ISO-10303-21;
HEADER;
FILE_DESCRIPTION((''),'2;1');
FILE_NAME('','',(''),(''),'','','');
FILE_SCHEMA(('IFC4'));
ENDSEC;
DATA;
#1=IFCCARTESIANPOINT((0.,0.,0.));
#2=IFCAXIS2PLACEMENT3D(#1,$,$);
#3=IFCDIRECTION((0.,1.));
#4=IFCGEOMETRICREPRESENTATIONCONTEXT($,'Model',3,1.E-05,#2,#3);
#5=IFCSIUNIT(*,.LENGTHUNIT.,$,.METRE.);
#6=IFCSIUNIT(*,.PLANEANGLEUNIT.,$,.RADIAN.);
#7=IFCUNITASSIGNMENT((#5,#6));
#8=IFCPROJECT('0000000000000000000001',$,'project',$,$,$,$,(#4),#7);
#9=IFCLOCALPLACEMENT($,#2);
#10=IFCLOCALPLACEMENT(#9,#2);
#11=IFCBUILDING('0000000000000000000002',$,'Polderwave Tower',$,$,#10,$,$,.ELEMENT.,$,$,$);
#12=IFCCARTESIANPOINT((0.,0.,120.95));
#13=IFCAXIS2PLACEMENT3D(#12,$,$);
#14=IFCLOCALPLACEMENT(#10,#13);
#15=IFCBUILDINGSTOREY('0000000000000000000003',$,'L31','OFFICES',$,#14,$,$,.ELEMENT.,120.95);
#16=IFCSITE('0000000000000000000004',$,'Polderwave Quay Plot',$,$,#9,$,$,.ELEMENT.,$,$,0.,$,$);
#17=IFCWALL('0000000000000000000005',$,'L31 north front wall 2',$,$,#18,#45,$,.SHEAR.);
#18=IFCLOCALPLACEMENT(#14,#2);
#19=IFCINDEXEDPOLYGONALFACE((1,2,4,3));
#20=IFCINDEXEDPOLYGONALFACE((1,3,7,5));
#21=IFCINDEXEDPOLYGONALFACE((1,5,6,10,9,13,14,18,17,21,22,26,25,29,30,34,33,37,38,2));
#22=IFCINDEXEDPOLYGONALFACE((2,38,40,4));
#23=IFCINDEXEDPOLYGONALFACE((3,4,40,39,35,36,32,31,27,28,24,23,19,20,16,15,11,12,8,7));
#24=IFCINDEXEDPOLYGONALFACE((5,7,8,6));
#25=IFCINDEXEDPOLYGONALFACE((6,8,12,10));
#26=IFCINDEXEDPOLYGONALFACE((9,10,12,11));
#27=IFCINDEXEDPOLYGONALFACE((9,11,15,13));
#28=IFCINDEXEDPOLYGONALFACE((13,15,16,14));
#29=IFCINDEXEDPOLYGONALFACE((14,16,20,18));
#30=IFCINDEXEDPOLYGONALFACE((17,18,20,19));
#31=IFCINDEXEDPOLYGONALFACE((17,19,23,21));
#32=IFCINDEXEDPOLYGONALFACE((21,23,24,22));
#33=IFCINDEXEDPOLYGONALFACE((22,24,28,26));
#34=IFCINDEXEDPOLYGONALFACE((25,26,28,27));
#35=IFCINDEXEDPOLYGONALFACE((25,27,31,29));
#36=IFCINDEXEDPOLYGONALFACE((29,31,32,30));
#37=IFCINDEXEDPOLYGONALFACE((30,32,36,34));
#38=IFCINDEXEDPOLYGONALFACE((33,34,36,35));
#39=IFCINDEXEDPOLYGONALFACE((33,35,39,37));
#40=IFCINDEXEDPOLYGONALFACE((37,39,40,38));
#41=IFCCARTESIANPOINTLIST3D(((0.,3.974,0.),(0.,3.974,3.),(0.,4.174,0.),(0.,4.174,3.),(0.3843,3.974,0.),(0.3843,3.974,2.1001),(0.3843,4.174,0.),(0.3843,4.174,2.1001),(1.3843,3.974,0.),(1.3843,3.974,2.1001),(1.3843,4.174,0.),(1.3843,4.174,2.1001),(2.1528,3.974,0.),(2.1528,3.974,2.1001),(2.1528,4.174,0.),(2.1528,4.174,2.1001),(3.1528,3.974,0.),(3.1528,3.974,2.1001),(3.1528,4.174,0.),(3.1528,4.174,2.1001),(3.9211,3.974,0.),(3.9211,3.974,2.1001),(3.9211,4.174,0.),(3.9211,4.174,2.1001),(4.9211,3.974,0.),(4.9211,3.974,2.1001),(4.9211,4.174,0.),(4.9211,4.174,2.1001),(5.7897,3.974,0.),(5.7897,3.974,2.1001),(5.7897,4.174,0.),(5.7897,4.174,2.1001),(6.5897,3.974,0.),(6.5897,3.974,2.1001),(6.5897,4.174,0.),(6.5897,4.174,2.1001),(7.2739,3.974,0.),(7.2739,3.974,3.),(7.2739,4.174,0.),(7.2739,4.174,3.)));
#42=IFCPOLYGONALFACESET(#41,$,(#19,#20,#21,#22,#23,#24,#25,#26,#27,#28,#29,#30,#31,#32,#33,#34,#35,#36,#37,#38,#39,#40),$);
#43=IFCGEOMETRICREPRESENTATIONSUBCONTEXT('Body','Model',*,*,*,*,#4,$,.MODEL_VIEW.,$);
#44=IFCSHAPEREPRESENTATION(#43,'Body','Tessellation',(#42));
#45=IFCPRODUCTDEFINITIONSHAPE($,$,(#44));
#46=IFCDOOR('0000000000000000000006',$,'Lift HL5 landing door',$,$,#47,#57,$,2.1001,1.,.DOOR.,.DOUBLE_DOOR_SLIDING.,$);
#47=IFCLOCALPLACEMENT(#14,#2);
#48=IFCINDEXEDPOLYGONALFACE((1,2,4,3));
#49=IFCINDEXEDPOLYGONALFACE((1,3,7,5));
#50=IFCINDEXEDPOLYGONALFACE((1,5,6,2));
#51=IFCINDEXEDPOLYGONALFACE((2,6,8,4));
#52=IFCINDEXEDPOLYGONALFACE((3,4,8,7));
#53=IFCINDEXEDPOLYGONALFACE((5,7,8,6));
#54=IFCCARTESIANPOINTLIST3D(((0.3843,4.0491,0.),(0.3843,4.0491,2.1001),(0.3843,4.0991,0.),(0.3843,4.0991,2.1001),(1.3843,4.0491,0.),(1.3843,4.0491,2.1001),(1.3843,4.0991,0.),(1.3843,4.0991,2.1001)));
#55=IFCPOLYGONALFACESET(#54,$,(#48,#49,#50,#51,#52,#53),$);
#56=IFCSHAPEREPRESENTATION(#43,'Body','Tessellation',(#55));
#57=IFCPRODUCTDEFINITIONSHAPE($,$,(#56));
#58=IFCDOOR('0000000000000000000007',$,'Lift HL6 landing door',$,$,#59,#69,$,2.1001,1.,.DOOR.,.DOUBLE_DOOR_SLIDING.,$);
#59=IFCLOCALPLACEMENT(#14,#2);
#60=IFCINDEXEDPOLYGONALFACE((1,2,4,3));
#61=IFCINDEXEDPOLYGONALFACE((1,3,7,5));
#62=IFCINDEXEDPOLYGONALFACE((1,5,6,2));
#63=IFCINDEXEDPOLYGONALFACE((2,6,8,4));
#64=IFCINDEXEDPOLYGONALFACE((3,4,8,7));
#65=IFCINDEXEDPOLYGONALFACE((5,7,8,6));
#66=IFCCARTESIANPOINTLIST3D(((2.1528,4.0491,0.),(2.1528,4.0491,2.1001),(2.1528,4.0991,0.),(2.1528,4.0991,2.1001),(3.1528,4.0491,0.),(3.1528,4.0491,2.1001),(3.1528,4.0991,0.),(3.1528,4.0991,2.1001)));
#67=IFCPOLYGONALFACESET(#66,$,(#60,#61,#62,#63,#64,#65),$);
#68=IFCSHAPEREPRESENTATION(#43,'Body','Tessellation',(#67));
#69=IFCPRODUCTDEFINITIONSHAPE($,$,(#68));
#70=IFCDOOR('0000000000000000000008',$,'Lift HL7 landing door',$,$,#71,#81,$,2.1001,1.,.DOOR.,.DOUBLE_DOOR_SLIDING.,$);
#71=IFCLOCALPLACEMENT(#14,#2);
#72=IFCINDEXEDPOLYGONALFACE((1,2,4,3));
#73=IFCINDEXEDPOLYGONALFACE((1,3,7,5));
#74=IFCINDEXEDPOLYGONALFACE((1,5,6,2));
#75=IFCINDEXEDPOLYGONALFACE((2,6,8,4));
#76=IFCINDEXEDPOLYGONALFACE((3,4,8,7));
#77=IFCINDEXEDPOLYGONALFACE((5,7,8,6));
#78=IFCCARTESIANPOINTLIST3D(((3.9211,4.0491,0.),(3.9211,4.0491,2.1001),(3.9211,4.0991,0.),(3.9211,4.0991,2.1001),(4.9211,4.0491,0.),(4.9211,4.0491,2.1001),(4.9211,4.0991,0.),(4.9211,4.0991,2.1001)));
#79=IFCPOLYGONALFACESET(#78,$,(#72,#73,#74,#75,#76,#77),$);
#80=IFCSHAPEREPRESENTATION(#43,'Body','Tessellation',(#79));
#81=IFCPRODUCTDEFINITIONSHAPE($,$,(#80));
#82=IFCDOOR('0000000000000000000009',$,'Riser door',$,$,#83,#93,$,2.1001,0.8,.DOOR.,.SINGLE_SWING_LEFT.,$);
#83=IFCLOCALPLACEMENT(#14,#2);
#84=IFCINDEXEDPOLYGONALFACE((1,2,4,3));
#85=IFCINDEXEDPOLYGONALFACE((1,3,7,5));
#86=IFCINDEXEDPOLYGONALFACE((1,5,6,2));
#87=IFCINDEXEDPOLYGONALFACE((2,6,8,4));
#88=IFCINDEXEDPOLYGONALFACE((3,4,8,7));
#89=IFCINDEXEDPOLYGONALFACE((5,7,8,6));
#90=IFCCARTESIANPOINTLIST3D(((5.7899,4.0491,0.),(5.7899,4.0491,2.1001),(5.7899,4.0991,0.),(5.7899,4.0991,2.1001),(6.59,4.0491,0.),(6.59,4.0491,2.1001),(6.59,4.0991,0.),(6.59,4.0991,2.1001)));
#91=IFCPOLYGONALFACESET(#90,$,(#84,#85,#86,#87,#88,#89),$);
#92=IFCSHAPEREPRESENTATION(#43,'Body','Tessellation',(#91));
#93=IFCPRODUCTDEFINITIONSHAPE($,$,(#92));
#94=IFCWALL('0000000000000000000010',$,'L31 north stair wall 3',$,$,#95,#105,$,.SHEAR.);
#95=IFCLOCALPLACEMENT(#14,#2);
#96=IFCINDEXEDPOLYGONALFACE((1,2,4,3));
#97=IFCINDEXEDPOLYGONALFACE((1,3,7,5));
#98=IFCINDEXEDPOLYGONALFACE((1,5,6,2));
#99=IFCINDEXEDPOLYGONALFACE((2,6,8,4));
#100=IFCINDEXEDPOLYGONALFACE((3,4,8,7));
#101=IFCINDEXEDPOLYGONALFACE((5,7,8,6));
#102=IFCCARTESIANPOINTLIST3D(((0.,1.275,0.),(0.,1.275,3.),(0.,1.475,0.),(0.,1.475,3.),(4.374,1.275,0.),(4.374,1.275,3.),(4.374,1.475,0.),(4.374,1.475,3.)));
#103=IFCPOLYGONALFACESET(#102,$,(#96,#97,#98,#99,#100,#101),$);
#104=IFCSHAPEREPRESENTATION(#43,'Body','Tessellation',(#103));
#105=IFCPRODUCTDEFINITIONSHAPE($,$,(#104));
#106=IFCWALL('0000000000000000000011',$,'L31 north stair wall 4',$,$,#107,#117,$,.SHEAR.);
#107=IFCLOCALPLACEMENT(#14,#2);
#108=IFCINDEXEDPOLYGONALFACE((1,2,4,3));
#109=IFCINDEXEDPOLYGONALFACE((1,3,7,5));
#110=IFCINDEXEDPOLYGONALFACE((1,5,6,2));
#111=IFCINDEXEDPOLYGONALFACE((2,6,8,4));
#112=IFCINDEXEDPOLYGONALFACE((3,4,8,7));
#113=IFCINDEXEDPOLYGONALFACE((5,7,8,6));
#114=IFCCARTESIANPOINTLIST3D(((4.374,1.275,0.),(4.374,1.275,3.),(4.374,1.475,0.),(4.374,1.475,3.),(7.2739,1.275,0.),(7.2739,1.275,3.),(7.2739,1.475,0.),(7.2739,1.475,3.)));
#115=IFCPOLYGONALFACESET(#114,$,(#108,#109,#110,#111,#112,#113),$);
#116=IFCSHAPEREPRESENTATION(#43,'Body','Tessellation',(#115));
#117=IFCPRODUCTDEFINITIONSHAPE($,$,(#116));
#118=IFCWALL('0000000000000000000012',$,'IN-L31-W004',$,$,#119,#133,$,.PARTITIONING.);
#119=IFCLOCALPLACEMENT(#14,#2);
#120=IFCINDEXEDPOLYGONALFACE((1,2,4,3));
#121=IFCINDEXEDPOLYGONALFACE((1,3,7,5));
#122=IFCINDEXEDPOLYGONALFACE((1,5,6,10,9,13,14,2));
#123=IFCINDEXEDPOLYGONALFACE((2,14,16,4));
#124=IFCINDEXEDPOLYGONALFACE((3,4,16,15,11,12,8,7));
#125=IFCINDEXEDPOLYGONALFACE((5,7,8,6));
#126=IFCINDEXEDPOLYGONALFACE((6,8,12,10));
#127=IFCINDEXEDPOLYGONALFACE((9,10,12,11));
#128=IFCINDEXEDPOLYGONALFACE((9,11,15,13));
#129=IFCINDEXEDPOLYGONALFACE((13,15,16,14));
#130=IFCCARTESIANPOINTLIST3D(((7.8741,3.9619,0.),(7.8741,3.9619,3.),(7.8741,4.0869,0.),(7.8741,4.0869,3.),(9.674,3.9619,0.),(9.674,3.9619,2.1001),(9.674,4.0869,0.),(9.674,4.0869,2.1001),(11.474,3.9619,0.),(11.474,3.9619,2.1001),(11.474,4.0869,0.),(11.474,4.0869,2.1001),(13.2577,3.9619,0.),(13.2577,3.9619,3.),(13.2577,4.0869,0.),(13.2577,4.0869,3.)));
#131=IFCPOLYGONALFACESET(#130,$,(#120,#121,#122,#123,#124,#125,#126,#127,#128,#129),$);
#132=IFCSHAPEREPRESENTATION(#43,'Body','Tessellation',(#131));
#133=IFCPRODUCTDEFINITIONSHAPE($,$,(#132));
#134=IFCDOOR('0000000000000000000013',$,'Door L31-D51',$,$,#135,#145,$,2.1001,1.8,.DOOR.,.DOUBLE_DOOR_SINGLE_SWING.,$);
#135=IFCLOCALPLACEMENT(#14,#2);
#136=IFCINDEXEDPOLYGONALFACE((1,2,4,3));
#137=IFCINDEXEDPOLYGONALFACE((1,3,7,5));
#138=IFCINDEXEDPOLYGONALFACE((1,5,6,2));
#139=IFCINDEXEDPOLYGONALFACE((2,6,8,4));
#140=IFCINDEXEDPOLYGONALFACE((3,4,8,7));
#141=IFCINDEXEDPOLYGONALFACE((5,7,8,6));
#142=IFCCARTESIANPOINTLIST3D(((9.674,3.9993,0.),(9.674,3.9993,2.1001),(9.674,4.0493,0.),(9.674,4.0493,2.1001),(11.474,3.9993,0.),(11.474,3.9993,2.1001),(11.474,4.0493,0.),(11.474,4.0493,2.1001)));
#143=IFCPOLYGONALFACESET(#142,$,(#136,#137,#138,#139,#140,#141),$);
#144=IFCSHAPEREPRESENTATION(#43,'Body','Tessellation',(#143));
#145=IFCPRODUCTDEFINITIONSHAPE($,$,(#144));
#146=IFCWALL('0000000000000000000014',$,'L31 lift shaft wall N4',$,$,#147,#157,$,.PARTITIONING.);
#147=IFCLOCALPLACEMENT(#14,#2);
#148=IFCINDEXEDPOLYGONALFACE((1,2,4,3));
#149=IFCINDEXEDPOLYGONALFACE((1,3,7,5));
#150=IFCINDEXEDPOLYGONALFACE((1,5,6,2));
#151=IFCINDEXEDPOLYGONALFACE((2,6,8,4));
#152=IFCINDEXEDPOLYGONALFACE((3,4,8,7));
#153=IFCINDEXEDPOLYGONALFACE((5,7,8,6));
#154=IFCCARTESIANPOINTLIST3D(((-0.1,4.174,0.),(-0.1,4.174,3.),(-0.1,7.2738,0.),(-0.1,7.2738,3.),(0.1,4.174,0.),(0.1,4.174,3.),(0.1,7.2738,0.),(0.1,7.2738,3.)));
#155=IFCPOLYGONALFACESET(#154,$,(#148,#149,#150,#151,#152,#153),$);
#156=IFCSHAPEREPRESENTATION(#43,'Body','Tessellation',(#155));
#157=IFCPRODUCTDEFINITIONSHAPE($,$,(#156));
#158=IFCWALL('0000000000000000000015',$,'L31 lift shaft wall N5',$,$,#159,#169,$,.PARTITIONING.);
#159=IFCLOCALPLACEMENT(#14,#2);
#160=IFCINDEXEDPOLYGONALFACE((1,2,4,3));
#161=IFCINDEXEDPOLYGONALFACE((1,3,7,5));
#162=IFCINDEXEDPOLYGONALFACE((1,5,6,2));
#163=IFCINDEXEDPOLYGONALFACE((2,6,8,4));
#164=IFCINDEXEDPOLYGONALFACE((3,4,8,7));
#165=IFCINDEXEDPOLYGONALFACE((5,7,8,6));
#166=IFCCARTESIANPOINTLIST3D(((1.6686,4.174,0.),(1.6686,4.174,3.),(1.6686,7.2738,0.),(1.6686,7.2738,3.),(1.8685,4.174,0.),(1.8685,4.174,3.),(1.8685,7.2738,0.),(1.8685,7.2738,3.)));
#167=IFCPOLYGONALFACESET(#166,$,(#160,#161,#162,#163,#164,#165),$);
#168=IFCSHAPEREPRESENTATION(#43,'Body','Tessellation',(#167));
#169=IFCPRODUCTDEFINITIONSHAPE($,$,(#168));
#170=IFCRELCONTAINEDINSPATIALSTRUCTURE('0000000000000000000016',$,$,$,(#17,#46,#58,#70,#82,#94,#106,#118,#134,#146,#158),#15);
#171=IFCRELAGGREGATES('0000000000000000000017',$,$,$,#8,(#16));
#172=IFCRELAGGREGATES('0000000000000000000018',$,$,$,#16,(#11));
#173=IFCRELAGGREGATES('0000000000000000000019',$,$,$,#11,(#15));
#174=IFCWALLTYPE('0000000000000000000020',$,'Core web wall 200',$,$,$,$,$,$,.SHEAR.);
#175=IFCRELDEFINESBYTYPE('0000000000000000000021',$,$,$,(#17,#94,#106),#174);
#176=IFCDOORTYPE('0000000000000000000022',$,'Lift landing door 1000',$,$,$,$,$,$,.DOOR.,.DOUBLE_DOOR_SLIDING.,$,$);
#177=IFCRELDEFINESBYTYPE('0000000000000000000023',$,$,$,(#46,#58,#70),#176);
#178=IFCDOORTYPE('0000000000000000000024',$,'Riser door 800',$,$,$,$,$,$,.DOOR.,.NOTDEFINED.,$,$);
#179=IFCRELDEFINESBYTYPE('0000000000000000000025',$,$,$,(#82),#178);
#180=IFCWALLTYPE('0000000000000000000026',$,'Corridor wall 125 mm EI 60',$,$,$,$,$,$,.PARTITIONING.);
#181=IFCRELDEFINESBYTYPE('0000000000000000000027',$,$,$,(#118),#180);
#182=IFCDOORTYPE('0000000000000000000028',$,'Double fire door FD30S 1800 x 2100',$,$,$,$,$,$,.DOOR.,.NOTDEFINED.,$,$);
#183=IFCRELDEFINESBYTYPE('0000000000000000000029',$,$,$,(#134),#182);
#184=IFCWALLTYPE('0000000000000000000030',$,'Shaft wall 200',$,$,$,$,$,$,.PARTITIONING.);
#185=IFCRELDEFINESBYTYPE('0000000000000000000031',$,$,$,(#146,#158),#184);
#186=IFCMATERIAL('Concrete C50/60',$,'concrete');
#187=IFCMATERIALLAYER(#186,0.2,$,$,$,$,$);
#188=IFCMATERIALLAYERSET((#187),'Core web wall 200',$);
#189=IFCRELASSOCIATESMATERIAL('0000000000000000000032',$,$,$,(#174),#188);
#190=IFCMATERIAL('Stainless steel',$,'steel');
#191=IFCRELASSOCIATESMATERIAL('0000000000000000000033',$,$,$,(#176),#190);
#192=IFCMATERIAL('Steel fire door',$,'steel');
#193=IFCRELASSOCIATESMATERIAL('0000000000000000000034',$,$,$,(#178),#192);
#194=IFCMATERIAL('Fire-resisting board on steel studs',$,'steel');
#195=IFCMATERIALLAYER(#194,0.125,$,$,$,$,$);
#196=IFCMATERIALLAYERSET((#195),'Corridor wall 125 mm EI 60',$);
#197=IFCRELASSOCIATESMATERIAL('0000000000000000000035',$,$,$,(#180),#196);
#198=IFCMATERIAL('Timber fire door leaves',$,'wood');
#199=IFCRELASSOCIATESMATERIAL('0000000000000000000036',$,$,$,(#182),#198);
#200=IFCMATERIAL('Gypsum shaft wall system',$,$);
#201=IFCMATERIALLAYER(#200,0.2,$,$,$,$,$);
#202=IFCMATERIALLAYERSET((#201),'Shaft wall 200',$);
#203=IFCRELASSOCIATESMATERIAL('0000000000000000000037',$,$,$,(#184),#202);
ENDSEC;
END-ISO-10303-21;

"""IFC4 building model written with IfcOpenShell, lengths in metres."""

from ifc_helpers import new_model, si_unit, direction, frame, frame_2d, origin, place, context, subcontext, project, spatial, rectangle, extrude, material, layer, layer_set, type_object, element, fill, save


model = new_model("IFC4")

# Units and contexts
model_context = context("Model", 3, precision=1e-05, world=origin(), true_north=direction((0.0, 1.0)))
body_context = subcontext(model_context, "Body", "Model", "MODEL_VIEW")
ifc_project = project(units=[si_unit("LENGTHUNIT", "METRE"), si_unit("PLANEANGLEUNIT", "RADIAN")], contexts=[model_context])

# Site, building, storey
site_placement = place(None, origin())
site = spatial("IfcSite", under=ifc_project, at=site_placement, Name="Polderwave Quay Plot", CompositionType="ELEMENT", RefElevation=0.0)
building_placement = place(site_placement, origin())
building = spatial("IfcBuilding", under=site, at=building_placement, Name="Polderwave Tower", CompositionType="ELEMENT")
storey_placement = place(building_placement, frame((0.0, 0.0, 120.95)))
storey = spatial("IfcBuildingStorey", under=building, at=storey_placement, Name="L31", Description="OFFICES", CompositionType="ELEMENT", Elevation=120.95)

# Wall, openings, doors
ifc_material_1 = material(Name="Concrete C50/60", Category="concrete")
ifc_layer_1 = layer(ifc_material_1, 0.2)
ifc_layer_set_1 = layer_set([ifc_layer_1], Name="Core web wall 200")
wall_type_1 = type_object("IfcWallType", Name="Core web wall 200", PredefinedType="SHEAR", material=ifc_layer_set_1)
wall_1_placement = place(storey_placement, frame((0.0, 4.074, 0.0), z_axis=(0.0, 0.0, 1.0), x_axis=(1.0, 0.0, 0.0)))
wall_1 = element("IfcWall", 1, at=wall_1_placement, inside=storey, type_object=wall_type_1, Name="L31 north front wall 2", PredefinedType="SHEAR", context=body_context, shape_type="SweptSolid", body=[
    extrude(rectangle(XDim=7.2739, YDim=0.2, at=frame_2d((3.637, 0.0))), origin(), (0.0, 0.0, 1.0), 3.0),
])
opening_1_placement = place(wall_1_placement, frame((0.3843, 0.0, 0.0)))
opening_1 = element("IfcOpeningElement", 2, at=opening_1_placement, cuts=wall_1, PredefinedType="OPENING", context=body_context, shape_type="SweptSolid", body=[
    extrude(rectangle(XDim=1.0, YDim=2.1001, at=frame_2d((0.5, 1.05))), frame((0.0, 0.1099, 0.0), z_axis=(0.0, -1.0, 0.0), x_axis=(1.0, 0.0, 0.0)), (0.0, 0.0, 1.0), 0.22),
])
opening_2_placement = place(wall_1_placement, frame((2.1528, 0.0, 0.0)))
opening_2 = element("IfcOpeningElement", 3, at=opening_2_placement, cuts=wall_1, PredefinedType="OPENING", context=body_context, shape_type="SweptSolid", body=[
    extrude(rectangle(XDim=1.0, YDim=2.1001, at=frame_2d((0.5, 1.05))), frame((0.0, 0.1099, 0.0), z_axis=(0.0, -1.0, 0.0), x_axis=(1.0, 0.0, 0.0)), (0.0, 0.0, 1.0), 0.22),
])
opening_3_placement = place(wall_1_placement, frame((3.9211, 0.0, 0.0)))
opening_3 = element("IfcOpeningElement", 4, at=opening_3_placement, cuts=wall_1, PredefinedType="OPENING", context=body_context, shape_type="SweptSolid", body=[
    extrude(rectangle(XDim=1.0, YDim=2.1001, at=frame_2d((0.5, 1.05))), frame((0.0, 0.1099, 0.0), z_axis=(0.0, -1.0, 0.0), x_axis=(1.0, 0.0, 0.0)), (0.0, 0.0, 1.0), 0.22),
])
opening_4_placement = place(wall_1_placement, frame((5.7898, 0.0, 0.0)))
opening_4 = element("IfcOpeningElement", 5, at=opening_4_placement, cuts=wall_1, PredefinedType="OPENING", context=body_context, shape_type="SweptSolid", body=[
    extrude(rectangle(XDim=0.8, YDim=2.1001, at=frame_2d((0.3999, 1.05))), frame((0.0, 0.1099, 0.0), z_axis=(0.0, -1.0, 0.0), x_axis=(1.0, 0.0, 0.0)), (0.0, 0.0, 1.0), 0.22),
])
ifc_material_2 = material(Name="Stainless steel", Category="steel")
door_type_1 = type_object("IfcDoorType", Name="Lift landing door 1000", OperationType="DOUBLE_DOOR_SLIDING", PredefinedType="DOOR", material=ifc_material_2)
door_1_placement = place(opening_1_placement, frame((1.0, 0.0, 0.0), z_axis=(0.0, 0.0, 1.0), x_axis=(-1.0, 0.0, 0.0)))
door_1 = element("IfcDoor", 6, at=door_1_placement, inside=storey, type_object=door_type_1, Name="Lift HL5 landing door", OperationType="DOUBLE_DOOR_SLIDING", OverallHeight=2.1001, OverallWidth=1.0, PredefinedType="DOOR", context=body_context, shape_type="SweptSolid", body=[
    extrude(rectangle(XDim=1.0, YDim=2.1001, at=frame_2d((0.5, 1.05))), frame((0.0, 0.0249, 0.0), z_axis=(0.0, -1.0, 0.0), x_axis=(1.0, 0.0, 0.0)), (0.0, 0.0, 1.0), 0.05),
])
fill(opening_1, door_1)
door_2_placement = place(opening_2_placement, frame((1.0, 0.0, 0.0), z_axis=(0.0, 0.0, 1.0), x_axis=(-1.0, 0.0, 0.0)))
door_2 = element("IfcDoor", 7, at=door_2_placement, inside=storey, type_object=door_type_1, Name="Lift HL6 landing door", OperationType="DOUBLE_DOOR_SLIDING", OverallHeight=2.1001, OverallWidth=1.0, PredefinedType="DOOR", context=body_context, shape_type="SweptSolid", body=[
    extrude(rectangle(XDim=1.0, YDim=2.1001, at=frame_2d((0.5, 1.05))), frame((0.0, 0.0249, 0.0), z_axis=(0.0, -1.0, 0.0), x_axis=(1.0, 0.0, 0.0)), (0.0, 0.0, 1.0), 0.05),
])
fill(opening_2, door_2)
door_3_placement = place(opening_3_placement, frame((1.0, 0.0, 0.0), z_axis=(0.0, 0.0, 1.0), x_axis=(-1.0, 0.0, 0.0)))
door_3 = element("IfcDoor", 8, at=door_3_placement, inside=storey, type_object=door_type_1, Name="Lift HL7 landing door", OperationType="DOUBLE_DOOR_SLIDING", OverallHeight=2.1001, OverallWidth=1.0, PredefinedType="DOOR", context=body_context, shape_type="SweptSolid", body=[
    extrude(rectangle(XDim=1.0, YDim=2.1001, at=frame_2d((0.5, 1.05))), frame((0.0, 0.0249, 0.0), z_axis=(0.0, -1.0, 0.0), x_axis=(1.0, 0.0, 0.0)), (0.0, 0.0, 1.0), 0.05),
])
fill(opening_3, door_3)
ifc_material_3 = material(Name="Steel fire door", Category="steel")
door_type_2 = type_object("IfcDoorType", Name="Riser door 800", OperationType="NOTDEFINED", PredefinedType="DOOR", material=ifc_material_3)
door_4_placement = place(opening_4_placement, frame((0.8, 0.0, 0.0), z_axis=(0.0, 0.0, 1.0), x_axis=(-1.0, 0.0, 0.0)))
door_4 = element("IfcDoor", 9, at=door_4_placement, inside=storey, type_object=door_type_2, Name="Riser door", OperationType="SINGLE_SWING_LEFT", OverallHeight=2.1001, OverallWidth=0.8, PredefinedType="DOOR", context=body_context, shape_type="SweptSolid", body=[
    extrude(rectangle(XDim=0.8, YDim=2.1001, at=frame_2d((0.3999, 1.05))), frame((0.0, 0.0249, 0.0), z_axis=(0.0, -1.0, 0.0), x_axis=(1.0, 0.0, 0.0)), (0.0, 0.0, 1.0), 0.05),
])
fill(opening_4, door_4)

# Walls
wall_2_placement = place(storey_placement, frame((0.0, 1.375, 0.0), z_axis=(0.0, 0.0, 1.0), x_axis=(1.0, 0.0, 0.0)))
element("IfcWall", 10, at=wall_2_placement, inside=storey, type_object=wall_type_1, Name="L31 north stair wall 3", PredefinedType="SHEAR", context=body_context, shape_type="SweptSolid", body=[
    extrude(rectangle(XDim=4.374, YDim=0.2, at=frame_2d((2.187, 0.0))), origin(), (0.0, 0.0, 1.0), 3.0),
])
wall_3_placement = place(storey_placement, frame((4.374, 1.375, 0.0), z_axis=(0.0, 0.0, 1.0), x_axis=(1.0, 0.0, 0.0)))
element("IfcWall", 11, at=wall_3_placement, inside=storey, type_object=wall_type_1, Name="L31 north stair wall 4", PredefinedType="SHEAR", context=body_context, shape_type="SweptSolid", body=[
    extrude(rectangle(XDim=2.8999, YDim=0.2, at=frame_2d((1.45, 0.0))), origin(), (0.0, 0.0, 1.0), 3.0),
])

# Wall, opening, door
ifc_material_4 = material(Name="Fire-resisting board on steel studs", Category="steel")
ifc_layer_2 = layer(ifc_material_4, 0.125)
ifc_layer_set_2 = layer_set([ifc_layer_2], Name="Corridor wall 125 mm EI 60")
wall_type_2 = type_object("IfcWallType", Name="Corridor wall 125 mm EI 60", PredefinedType="PARTITIONING", material=ifc_layer_set_2)
wall_4_placement = place(storey_placement, frame((7.874, 4.0244, 0.0), z_axis=(0.0, 0.0, 1.0), x_axis=(1.0, 0.0, 0.0)))
wall_4 = element("IfcWall", 12, at=wall_4_placement, inside=storey, type_object=wall_type_2, Name="IN-L31-W004", PredefinedType="PARTITIONING", context=body_context, shape_type="SweptSolid", body=[
    extrude(rectangle(XDim=5.3835, YDim=0.125, at=frame_2d((2.6919, 0.0))), origin(), (0.0, 0.0, 1.0), 3.0),
])
opening_5_placement = place(wall_4_placement, frame((1.8, 0.0, 0.0)))
opening_5 = element("IfcOpeningElement", 13, at=opening_5_placement, cuts=wall_4, PredefinedType="OPENING", context=body_context, shape_type="SweptSolid", body=[
    extrude(rectangle(XDim=1.8, YDim=2.1001, at=frame_2d((0.8999, 1.05))), frame((0.0, 0.0725, 0.0), z_axis=(0.0, -1.0, 0.0), x_axis=(1.0, 0.0, 0.0)), (0.0, 0.0, 1.0), 0.145),
])
ifc_material_5 = material(Name="Timber fire door leaves", Category="wood")
door_type_3 = type_object("IfcDoorType", Name="Double fire door FD30S 1800 x 2100", OperationType="NOTDEFINED", PredefinedType="DOOR", material=ifc_material_5)
door_5_placement = place(opening_5_placement, origin())
door_5 = element("IfcDoor", 14, at=door_5_placement, inside=storey, type_object=door_type_3, Name="Door L31-D51", OperationType="DOUBLE_DOOR_SINGLE_SWING", OverallHeight=2.1001, OverallWidth=1.8, PredefinedType="DOOR", context=body_context, shape_type="SweptSolid", body=[
    extrude(rectangle(XDim=1.8, YDim=2.1001, at=frame_2d((0.8999, 1.05))), frame((0.0, 0.0249, 0.0), z_axis=(0.0, -1.0, 0.0), x_axis=(1.0, 0.0, 0.0)), (0.0, 0.0, 1.0), 0.05),
])
fill(opening_5, door_5)

# Walls
ifc_material_6 = material(Name="Gypsum shaft wall system")
ifc_layer_3 = layer(ifc_material_6, 0.2)
ifc_layer_set_3 = layer_set([ifc_layer_3], Name="Shaft wall 200")
wall_type_3 = type_object("IfcWallType", Name="Shaft wall 200", PredefinedType="PARTITIONING", material=ifc_layer_set_3)
for number, where, z_axis, x_axis, name in (
    (15, (0.0, 4.1741, 0.0), (0.0, 0.0, 1.0), (0.0, 1.0, 0.0), "L31 lift shaft wall N4"),
    (16, (1.7686, 4.1741, 0.0), (0.0, 0.0, 1.0), (0.0, 1.0, 0.0), "L31 lift shaft wall N5"),
):
    element("IfcWall", number, at=place(storey_placement, frame(where, z_axis=z_axis, x_axis=x_axis)), inside=storey, type_object=wall_type_3, Name=name, PredefinedType="PARTITIONING", context=body_context, shape_type="SweptSolid", body=[
        extrude(rectangle(XDim=3.0999, YDim=0.2, at=frame_2d((1.5498, 0.0))), origin(), (0.0, 0.0, 1.0), 3.0),
    ])

save(model, "model.ifc")
